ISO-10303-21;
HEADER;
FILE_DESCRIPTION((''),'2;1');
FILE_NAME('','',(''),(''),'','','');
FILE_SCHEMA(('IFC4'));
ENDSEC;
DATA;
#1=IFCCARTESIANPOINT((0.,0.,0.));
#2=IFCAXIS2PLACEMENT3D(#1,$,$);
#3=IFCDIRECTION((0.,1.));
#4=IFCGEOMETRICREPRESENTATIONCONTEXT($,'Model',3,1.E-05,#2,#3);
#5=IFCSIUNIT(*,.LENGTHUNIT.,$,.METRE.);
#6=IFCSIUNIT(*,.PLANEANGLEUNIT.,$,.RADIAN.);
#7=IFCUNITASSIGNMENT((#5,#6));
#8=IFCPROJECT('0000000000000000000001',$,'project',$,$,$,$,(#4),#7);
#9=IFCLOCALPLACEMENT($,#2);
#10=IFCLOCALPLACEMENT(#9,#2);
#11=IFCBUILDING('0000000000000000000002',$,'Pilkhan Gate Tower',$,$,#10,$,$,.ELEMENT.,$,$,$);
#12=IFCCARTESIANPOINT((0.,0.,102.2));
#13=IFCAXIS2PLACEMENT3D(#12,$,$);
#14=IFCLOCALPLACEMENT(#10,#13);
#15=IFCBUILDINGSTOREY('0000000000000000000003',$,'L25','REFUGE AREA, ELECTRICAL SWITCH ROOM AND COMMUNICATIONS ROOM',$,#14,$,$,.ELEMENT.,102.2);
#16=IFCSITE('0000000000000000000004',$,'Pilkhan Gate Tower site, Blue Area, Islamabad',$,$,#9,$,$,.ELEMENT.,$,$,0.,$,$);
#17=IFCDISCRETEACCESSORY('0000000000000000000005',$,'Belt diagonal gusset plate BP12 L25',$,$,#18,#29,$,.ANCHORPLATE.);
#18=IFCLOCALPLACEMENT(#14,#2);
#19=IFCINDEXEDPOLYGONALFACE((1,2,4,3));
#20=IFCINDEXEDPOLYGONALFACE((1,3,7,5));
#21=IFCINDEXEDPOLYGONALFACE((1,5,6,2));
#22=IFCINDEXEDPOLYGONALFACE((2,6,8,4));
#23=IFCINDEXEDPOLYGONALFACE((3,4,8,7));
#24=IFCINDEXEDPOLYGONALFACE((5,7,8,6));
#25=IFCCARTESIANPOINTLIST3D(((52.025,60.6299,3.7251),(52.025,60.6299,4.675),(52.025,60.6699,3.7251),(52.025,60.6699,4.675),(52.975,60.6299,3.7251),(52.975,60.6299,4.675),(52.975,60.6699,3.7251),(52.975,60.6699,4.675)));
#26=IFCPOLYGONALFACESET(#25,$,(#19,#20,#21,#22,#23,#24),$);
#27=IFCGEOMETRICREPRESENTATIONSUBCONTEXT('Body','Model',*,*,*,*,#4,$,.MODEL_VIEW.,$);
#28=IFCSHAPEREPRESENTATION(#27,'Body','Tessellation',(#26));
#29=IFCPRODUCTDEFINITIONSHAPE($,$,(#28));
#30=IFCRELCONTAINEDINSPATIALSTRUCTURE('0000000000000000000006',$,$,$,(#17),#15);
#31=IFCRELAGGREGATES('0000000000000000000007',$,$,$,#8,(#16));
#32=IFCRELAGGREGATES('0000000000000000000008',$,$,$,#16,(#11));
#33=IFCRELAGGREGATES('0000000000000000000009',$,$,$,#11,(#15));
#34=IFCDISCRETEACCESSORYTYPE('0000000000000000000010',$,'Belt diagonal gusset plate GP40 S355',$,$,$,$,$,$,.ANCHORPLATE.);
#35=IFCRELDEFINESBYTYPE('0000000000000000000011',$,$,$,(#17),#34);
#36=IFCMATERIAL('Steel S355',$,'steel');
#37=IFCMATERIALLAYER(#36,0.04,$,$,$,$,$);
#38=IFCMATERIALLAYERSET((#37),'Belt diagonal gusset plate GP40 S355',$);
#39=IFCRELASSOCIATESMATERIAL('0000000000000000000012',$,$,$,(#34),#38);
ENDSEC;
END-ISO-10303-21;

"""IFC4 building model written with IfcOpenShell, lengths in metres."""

from ifc_helpers import new_model, si_unit, direction, frame, origin, origin_2d, place, context, subcontext, project, spatial, rectangle, extrude, material, layer, layer_set, type_object, element, save


model = new_model("IFC4")

# Units and contexts
model_context = context("Model", 3, precision=1e-05, world=origin(), true_north=direction((0.0, 1.0)))
body_context = subcontext(model_context, "Body", "Model", "MODEL_VIEW")
ifc_project = project(units=[si_unit("LENGTHUNIT", "METRE"), si_unit("PLANEANGLEUNIT", "RADIAN")], contexts=[model_context])

# Site, building, storey
site_placement = place(None, origin())
site = spatial("IfcSite", under=ifc_project, at=site_placement, Name="Pilkhan Gate Tower site, Blue Area, Islamabad", CompositionType="ELEMENT", RefElevation=0.0)
building_placement = place(site_placement, origin())
building = spatial("IfcBuilding", under=site, at=building_placement, Name="Pilkhan Gate Tower", CompositionType="ELEMENT")
storey_placement = place(building_placement, frame((0.0, 0.0, 102.2)))
storey = spatial("IfcBuildingStorey", under=building, at=storey_placement, Name="L25", Description="REFUGE AREA, ELECTRICAL SWITCH ROOM AND COMMUNICATIONS ROOM", CompositionType="ELEMENT", Elevation=102.2)

# Discrete accessory
ifc_material_1 = material(Name="Steel S355", Category="steel")
ifc_layer_1 = layer(ifc_material_1, 0.04)
ifc_layer_set_1 = layer_set([ifc_layer_1], Name="Belt diagonal gusset plate GP40 S355")
discrete_accessory_type = type_object("IfcDiscreteAccessoryType", Name="Belt diagonal gusset plate GP40 S355", PredefinedType="ANCHORPLATE", material=ifc_layer_set_1)
discrete_accessory_placement = place(storey_placement, frame((52.5, 60.6499, 3.7251), z_axis=(0.0, 0.0, 1.0), x_axis=(0.0, 1.0, 0.0)))
element("IfcDiscreteAccessory", 1, at=discrete_accessory_placement, inside=storey, type_object=discrete_accessory_type, Name="Belt diagonal gusset plate BP12 L25", PredefinedType="ANCHORPLATE", context=body_context, shape_type="SweptSolid", body=[
    extrude(rectangle(XDim=0.04, YDim=0.95, at=origin_2d()), origin(), (0.0, 0.0, 1.0), 0.95),
])

save(model, "model.ifc")
